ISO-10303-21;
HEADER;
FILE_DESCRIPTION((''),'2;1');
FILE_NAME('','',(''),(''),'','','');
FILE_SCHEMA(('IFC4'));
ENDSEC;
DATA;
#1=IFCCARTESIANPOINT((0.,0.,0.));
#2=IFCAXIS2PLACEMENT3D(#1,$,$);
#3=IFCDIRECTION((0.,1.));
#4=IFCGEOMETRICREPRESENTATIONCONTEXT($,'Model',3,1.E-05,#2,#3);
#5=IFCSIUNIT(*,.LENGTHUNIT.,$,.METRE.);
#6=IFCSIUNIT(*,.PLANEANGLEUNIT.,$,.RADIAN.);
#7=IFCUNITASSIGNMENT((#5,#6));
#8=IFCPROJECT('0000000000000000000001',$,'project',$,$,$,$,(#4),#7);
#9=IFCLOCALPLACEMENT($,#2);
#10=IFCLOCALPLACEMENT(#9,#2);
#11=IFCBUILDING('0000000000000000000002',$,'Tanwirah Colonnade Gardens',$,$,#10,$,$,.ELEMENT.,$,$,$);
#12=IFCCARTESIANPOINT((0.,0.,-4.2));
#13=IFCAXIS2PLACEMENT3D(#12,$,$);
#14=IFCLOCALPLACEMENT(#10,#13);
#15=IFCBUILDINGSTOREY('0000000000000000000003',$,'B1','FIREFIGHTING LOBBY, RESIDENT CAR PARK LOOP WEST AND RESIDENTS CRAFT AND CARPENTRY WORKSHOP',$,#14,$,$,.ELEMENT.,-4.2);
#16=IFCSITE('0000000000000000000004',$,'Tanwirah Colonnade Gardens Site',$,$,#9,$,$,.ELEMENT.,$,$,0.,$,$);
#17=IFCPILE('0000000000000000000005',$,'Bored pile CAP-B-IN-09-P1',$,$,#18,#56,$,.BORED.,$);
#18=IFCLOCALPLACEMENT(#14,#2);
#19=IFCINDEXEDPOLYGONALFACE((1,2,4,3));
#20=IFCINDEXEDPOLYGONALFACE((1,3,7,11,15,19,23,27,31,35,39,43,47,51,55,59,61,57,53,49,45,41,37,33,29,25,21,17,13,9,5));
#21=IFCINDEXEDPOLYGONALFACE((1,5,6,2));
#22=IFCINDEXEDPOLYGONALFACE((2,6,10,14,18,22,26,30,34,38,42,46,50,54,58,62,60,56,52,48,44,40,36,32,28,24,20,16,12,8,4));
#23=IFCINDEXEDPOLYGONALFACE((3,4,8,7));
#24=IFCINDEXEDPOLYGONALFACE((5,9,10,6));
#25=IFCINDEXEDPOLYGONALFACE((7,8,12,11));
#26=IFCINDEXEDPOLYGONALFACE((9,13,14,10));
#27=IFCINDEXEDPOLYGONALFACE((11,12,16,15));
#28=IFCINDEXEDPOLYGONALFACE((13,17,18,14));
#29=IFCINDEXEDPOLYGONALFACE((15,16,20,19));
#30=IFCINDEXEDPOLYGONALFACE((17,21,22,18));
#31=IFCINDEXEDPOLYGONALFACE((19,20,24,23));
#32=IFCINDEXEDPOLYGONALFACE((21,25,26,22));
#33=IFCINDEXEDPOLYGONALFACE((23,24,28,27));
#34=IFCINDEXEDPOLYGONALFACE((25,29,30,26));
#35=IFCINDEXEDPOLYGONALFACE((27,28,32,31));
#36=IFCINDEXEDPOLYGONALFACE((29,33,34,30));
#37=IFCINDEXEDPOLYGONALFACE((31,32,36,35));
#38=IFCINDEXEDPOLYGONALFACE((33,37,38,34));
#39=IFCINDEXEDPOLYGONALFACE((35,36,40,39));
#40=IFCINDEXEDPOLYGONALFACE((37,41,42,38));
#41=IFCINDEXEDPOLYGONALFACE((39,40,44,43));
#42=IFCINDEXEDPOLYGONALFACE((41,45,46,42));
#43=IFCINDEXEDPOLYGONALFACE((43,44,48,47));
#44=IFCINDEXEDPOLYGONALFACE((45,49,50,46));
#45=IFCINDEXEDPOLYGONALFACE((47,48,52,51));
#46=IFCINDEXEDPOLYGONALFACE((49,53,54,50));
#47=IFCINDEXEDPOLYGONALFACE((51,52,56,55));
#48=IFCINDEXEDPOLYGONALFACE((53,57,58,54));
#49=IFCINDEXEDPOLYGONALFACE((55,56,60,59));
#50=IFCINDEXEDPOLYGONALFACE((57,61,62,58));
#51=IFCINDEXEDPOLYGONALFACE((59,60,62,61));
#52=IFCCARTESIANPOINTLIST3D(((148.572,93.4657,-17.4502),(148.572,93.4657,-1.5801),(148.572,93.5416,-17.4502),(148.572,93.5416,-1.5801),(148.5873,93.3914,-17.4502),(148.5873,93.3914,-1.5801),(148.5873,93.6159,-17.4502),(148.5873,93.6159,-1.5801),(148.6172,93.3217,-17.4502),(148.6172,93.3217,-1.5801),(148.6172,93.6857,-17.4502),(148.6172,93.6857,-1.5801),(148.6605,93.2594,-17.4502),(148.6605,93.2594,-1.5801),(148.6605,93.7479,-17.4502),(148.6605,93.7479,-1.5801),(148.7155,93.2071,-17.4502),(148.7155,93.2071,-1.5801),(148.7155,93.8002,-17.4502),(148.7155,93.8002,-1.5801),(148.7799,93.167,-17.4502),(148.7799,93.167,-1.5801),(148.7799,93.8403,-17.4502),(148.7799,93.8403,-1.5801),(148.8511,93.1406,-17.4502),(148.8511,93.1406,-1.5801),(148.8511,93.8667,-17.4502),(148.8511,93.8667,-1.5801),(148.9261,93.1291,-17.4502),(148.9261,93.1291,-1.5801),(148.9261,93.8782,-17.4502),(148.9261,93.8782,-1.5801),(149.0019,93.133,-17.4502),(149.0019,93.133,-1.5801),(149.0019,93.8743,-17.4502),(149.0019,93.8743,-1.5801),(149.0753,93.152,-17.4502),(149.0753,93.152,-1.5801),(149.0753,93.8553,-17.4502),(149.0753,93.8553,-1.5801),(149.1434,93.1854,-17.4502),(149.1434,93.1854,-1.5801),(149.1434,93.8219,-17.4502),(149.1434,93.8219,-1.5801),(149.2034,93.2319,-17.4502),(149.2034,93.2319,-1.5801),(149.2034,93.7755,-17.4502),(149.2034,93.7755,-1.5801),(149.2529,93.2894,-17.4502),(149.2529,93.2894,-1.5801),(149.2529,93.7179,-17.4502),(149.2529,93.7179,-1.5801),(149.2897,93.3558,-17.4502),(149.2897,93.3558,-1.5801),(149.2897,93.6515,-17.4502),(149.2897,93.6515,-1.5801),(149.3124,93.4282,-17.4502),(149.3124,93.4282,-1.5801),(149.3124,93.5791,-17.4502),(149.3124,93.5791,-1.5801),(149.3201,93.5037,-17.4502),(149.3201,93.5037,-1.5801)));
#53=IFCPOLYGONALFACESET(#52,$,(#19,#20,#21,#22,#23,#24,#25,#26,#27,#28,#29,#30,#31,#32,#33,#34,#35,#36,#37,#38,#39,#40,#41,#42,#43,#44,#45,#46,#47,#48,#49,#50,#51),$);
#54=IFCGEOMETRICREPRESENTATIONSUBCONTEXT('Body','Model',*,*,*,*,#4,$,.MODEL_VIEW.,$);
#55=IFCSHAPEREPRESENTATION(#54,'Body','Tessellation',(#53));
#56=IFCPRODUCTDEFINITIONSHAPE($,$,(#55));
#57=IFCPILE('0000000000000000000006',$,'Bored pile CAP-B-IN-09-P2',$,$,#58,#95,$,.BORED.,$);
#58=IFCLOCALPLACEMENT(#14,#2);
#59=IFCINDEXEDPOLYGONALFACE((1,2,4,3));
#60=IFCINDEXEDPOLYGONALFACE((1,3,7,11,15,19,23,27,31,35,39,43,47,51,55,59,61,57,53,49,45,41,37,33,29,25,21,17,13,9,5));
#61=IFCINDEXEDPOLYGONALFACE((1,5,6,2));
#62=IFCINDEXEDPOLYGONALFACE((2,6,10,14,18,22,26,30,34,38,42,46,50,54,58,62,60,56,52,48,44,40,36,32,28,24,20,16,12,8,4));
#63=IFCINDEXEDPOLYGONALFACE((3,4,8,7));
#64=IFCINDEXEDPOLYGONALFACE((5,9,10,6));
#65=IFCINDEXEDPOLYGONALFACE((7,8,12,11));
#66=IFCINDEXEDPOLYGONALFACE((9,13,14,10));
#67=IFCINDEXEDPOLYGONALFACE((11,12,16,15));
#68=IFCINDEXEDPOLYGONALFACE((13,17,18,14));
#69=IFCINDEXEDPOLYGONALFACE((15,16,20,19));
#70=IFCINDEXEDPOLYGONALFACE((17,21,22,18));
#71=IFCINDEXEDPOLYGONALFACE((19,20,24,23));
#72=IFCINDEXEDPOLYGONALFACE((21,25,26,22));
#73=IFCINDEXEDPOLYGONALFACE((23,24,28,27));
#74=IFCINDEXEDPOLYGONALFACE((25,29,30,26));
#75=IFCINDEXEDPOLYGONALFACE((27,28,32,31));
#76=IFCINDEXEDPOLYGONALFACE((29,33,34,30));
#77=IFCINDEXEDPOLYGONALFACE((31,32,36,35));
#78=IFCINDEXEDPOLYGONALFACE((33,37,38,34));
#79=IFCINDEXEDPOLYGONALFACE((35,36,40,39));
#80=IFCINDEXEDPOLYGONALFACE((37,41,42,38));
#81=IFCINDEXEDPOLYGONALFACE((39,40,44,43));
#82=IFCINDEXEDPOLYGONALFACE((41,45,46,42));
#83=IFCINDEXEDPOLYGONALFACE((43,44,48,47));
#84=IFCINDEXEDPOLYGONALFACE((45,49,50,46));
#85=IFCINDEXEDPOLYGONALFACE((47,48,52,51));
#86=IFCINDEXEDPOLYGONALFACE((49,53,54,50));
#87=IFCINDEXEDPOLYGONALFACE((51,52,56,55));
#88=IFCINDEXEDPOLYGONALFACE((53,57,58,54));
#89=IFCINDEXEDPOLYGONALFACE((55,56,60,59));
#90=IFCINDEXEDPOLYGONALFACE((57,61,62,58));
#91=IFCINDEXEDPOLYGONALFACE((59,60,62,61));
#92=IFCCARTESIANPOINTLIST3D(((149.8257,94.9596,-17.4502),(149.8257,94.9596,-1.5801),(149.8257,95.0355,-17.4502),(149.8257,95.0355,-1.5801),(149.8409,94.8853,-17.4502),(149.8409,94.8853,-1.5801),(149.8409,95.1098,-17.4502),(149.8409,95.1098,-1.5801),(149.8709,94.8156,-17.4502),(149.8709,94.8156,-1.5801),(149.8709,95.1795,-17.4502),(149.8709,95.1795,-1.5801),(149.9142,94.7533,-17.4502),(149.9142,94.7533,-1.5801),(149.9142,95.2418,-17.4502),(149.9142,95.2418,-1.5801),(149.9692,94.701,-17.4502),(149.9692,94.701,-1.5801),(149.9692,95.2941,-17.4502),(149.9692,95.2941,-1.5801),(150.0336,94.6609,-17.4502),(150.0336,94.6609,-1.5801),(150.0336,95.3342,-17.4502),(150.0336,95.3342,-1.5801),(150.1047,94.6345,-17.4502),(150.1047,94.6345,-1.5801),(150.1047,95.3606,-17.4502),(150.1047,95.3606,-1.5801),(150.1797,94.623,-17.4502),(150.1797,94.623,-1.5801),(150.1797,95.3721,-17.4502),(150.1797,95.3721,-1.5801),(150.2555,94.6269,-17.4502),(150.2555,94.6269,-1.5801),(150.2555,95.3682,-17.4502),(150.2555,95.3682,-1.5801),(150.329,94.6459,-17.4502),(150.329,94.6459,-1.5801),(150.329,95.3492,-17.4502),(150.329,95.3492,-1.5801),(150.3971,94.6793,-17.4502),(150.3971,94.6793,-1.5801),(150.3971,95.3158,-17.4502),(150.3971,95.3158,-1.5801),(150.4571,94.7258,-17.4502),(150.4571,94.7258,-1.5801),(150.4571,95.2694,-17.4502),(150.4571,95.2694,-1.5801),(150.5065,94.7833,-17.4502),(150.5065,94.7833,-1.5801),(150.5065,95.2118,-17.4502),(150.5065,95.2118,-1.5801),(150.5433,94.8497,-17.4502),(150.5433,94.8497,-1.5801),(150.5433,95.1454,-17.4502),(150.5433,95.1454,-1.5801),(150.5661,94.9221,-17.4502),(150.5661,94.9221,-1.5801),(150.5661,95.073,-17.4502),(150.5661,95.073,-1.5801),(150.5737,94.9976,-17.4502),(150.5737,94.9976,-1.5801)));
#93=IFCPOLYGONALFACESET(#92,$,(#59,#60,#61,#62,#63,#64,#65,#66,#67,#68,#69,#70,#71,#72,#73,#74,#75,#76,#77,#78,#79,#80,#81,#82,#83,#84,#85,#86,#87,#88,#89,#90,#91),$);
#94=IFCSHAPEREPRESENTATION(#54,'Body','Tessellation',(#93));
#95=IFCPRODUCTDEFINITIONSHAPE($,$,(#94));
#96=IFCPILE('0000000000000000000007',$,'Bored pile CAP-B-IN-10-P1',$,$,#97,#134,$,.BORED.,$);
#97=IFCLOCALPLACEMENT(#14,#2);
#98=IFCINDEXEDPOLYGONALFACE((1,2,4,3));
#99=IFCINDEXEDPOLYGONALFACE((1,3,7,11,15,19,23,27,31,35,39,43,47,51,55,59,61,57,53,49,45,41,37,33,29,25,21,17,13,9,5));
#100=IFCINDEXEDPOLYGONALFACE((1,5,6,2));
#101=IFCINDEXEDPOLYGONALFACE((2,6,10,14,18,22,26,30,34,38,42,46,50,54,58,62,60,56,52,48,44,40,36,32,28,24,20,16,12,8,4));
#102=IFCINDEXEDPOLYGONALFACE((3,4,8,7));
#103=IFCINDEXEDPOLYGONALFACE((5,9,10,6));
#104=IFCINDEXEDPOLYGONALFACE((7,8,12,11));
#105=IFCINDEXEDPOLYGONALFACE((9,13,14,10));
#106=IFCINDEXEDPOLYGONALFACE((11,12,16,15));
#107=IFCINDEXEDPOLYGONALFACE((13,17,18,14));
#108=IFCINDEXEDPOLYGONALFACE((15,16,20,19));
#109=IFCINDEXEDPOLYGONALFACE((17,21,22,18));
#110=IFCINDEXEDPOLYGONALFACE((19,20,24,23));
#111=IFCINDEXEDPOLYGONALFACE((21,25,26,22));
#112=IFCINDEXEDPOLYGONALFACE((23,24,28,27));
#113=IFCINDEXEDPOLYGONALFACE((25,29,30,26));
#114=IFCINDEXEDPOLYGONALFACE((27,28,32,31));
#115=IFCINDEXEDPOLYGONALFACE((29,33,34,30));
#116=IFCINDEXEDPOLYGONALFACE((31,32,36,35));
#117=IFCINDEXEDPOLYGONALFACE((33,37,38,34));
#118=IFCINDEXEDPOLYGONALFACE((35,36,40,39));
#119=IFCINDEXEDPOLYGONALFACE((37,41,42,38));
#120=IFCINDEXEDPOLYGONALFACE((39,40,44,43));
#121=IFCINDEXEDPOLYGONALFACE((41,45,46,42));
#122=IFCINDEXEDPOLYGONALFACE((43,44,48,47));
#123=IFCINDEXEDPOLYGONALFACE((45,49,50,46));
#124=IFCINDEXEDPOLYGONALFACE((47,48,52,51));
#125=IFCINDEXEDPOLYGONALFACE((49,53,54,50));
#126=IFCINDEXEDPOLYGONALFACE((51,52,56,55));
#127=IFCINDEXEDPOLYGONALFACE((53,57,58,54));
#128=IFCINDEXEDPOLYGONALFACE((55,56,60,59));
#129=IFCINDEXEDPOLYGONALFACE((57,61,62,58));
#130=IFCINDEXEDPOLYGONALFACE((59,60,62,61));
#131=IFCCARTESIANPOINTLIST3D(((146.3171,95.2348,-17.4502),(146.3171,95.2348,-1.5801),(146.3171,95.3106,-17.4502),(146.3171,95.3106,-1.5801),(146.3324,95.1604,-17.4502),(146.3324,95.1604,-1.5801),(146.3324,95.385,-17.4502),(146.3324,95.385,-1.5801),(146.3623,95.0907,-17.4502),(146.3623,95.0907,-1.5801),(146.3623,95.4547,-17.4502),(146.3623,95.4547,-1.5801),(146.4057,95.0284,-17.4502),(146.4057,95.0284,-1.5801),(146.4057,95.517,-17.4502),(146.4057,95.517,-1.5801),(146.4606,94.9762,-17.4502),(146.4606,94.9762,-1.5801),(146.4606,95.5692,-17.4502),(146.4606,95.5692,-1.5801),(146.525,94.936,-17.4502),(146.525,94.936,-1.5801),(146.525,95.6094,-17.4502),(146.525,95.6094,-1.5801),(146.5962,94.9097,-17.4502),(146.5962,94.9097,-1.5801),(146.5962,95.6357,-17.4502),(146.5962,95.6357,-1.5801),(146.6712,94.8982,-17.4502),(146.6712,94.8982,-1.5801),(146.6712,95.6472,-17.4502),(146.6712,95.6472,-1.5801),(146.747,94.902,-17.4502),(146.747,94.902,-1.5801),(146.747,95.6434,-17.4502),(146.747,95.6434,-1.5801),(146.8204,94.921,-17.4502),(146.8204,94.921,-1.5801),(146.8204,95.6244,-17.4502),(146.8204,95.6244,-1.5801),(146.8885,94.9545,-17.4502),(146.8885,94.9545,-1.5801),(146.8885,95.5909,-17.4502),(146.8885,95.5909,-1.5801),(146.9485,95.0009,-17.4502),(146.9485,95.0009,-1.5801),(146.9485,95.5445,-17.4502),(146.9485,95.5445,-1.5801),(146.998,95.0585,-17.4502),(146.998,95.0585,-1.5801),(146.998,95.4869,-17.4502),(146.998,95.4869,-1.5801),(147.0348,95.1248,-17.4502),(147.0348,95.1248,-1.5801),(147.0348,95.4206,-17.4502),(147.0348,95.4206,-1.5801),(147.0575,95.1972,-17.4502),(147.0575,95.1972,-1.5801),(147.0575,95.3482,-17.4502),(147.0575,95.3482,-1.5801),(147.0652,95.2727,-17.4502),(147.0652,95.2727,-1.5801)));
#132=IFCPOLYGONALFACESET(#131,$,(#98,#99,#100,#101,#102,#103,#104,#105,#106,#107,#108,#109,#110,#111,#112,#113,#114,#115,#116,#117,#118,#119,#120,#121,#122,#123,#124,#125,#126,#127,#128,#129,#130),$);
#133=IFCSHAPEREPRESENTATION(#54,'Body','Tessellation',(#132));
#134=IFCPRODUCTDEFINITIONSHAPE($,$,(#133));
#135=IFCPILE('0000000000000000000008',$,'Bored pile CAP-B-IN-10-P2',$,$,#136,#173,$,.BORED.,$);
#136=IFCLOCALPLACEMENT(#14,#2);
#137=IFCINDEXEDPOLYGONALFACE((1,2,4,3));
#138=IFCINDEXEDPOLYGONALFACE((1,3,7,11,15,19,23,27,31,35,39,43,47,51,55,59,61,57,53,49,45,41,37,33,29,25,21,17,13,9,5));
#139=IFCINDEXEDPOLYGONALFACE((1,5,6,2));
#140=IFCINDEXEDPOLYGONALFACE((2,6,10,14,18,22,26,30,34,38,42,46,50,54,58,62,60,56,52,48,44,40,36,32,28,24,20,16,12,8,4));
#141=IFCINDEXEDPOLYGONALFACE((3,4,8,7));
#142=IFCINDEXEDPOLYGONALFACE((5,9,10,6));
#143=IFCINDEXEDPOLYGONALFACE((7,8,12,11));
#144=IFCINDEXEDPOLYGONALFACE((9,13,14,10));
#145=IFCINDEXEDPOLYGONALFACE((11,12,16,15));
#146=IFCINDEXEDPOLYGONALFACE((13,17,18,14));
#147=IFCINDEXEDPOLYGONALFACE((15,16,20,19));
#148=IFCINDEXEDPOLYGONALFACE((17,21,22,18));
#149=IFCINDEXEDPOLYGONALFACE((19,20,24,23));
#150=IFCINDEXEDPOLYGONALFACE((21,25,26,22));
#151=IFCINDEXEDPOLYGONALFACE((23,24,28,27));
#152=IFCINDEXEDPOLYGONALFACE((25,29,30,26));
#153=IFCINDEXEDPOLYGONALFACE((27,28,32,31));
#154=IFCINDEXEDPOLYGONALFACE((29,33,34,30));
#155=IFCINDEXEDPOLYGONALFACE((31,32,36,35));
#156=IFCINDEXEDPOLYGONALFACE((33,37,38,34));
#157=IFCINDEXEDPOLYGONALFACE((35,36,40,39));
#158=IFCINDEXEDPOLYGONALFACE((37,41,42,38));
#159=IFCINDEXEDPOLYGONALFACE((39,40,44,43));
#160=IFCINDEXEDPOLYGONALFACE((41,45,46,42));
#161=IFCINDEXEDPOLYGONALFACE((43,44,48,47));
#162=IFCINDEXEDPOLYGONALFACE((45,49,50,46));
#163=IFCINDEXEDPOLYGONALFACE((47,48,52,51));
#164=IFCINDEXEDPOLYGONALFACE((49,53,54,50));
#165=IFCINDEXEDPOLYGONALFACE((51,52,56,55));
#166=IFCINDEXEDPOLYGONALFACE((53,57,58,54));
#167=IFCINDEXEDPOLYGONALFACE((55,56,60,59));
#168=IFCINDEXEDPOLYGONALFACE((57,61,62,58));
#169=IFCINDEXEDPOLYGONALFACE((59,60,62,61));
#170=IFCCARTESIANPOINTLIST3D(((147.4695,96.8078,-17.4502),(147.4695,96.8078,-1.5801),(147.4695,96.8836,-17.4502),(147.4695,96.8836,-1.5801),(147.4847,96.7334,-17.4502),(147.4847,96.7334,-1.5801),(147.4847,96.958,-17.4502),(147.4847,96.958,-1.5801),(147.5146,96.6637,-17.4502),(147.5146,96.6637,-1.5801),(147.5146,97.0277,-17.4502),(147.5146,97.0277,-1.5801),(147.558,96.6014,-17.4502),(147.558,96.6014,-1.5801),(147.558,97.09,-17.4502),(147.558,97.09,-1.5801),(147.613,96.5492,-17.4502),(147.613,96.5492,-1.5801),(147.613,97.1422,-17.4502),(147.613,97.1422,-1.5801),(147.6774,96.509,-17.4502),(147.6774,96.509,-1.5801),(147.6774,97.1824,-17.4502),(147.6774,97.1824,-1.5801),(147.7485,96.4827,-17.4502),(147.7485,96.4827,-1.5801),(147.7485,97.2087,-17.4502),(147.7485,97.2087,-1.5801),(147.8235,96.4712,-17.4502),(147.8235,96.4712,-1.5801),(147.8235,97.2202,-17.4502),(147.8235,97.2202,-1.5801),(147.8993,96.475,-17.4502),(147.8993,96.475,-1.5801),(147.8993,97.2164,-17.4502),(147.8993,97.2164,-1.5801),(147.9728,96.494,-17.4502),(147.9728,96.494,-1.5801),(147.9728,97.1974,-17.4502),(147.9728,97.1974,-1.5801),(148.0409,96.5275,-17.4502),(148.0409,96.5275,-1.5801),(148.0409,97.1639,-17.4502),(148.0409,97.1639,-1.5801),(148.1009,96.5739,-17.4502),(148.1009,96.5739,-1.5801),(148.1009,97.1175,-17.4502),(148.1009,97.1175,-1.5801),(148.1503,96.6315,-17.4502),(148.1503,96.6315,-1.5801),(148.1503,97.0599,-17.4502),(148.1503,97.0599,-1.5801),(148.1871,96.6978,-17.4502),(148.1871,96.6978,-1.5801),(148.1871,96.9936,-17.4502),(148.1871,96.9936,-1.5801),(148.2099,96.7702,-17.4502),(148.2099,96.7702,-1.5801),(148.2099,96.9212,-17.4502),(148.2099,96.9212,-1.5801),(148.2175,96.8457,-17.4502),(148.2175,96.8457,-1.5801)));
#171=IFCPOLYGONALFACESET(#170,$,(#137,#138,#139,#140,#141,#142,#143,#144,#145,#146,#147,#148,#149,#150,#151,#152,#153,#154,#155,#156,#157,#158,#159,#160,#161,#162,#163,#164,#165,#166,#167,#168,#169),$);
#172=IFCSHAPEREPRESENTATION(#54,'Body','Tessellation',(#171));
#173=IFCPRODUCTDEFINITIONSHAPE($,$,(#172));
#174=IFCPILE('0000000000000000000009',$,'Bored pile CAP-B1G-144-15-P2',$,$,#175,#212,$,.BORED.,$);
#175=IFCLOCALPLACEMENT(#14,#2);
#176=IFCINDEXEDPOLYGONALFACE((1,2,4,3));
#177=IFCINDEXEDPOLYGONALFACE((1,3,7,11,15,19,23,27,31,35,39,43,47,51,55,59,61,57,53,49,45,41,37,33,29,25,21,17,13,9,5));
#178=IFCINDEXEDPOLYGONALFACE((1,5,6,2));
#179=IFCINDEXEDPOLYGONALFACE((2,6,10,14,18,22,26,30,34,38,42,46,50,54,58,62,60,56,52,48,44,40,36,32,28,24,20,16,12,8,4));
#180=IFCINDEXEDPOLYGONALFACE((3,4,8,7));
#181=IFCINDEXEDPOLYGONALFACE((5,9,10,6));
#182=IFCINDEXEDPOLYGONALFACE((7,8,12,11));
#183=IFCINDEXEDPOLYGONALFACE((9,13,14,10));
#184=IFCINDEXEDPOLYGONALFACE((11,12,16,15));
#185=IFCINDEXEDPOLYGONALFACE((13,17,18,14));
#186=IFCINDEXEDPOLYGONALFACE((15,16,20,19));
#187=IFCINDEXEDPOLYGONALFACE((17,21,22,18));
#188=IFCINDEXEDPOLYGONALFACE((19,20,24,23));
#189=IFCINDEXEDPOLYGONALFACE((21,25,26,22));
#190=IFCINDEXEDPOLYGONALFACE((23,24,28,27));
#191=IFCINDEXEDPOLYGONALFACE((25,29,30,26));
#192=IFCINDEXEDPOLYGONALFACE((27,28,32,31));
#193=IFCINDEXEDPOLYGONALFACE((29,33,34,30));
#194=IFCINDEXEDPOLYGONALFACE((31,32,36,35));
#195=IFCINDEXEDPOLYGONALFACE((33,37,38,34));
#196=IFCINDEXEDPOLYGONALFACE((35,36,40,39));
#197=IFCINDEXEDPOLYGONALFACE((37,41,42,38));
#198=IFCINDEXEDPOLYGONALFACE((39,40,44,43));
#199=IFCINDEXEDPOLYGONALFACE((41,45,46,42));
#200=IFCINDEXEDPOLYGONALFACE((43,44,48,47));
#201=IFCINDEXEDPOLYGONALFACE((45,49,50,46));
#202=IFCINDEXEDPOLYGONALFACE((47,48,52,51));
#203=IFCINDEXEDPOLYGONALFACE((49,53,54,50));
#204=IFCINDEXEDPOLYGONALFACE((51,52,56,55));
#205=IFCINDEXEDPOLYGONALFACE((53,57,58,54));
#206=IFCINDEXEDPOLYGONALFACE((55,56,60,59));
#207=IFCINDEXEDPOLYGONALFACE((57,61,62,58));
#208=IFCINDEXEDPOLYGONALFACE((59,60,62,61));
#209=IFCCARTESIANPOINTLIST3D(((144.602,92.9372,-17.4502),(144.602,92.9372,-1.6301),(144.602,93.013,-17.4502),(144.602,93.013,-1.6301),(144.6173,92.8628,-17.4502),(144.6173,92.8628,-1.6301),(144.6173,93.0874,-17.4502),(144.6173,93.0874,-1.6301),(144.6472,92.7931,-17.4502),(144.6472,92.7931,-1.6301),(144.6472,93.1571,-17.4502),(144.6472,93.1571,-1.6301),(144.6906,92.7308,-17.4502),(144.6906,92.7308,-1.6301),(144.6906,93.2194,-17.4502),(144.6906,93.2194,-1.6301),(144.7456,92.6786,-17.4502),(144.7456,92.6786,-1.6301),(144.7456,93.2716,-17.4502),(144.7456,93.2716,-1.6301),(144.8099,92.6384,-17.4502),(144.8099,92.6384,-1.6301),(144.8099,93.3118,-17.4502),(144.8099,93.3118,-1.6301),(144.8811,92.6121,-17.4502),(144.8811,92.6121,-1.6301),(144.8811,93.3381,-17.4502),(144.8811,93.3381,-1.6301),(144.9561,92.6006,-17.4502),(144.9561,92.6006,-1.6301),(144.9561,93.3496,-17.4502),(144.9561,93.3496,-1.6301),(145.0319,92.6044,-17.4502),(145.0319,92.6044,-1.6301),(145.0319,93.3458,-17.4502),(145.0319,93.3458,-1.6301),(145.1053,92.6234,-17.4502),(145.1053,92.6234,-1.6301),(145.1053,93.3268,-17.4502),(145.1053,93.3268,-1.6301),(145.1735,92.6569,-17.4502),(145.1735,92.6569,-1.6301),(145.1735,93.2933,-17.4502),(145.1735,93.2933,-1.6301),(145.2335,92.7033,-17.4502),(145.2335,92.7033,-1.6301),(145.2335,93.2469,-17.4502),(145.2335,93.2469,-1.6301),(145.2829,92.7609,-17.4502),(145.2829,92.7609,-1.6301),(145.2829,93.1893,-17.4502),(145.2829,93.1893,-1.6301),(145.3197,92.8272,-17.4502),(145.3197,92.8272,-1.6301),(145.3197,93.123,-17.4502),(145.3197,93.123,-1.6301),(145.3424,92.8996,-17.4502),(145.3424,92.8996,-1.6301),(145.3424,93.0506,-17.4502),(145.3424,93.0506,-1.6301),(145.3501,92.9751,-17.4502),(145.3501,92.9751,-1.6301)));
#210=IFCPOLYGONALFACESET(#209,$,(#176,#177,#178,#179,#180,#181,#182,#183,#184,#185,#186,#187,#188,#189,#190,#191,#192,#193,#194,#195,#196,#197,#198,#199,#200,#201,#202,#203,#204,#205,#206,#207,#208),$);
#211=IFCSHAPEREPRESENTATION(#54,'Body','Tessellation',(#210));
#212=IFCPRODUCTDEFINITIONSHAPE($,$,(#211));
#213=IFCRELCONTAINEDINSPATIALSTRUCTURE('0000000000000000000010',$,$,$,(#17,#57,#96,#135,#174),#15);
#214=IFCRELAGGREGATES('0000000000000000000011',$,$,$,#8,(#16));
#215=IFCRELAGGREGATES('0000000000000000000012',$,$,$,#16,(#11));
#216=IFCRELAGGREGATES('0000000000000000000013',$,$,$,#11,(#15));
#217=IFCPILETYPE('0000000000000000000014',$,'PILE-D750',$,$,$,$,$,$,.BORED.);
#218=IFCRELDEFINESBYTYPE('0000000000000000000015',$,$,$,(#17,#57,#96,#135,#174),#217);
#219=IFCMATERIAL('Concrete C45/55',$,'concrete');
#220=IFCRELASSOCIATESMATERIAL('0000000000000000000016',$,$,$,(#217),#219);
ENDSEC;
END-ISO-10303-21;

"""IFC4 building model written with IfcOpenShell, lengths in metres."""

from ifc_helpers import new_model, si_unit, direction, frame, origin, origin_2d, place, context, subcontext, project, spatial, circle, extrude, material, material_profile, profile_set, type_object, element, save


model = new_model("IFC4")

# Units and contexts
model_context = context("Model", 3, precision=1e-05, world=origin(), true_north=direction((0.0, 1.0)))
body_context = subcontext(model_context, "Body", "Model", "MODEL_VIEW")
ifc_project = project(units=[si_unit("LENGTHUNIT", "METRE"), si_unit("PLANEANGLEUNIT", "RADIAN")], contexts=[model_context])

# Site, building, storey
site_placement = place(None, origin())
site = spatial("IfcSite", under=ifc_project, at=site_placement, Name="Tanwirah Colonnade Gardens Site", CompositionType="ELEMENT", RefElevation=0.0)
building_placement = place(site_placement, origin())
building = spatial("IfcBuilding", under=site, at=building_placement, Name="Tanwirah Colonnade Gardens", CompositionType="ELEMENT")
storey_placement = place(building_placement, frame((0.0, 0.0, -4.2)))
storey = spatial("IfcBuildingStorey", under=building, at=storey_placement, Name="B1", Description="FIREFIGHTING LOBBY, RESIDENT CAR PARK LOOP WEST AND RESIDENTS CRAFT AND CARPENTRY WORKSHOP", CompositionType="ELEMENT", Elevation=-4.2)

# Shared definitions
ifc_material_1 = material(Name="Concrete C45/55", Category="concrete")

# Piles
ifc_material_profile_1 = material_profile(ifc_material_1, circle(Radius=0.375, at=origin_2d()), Name="PILE D750")
ifc_profile_set_1 = profile_set([ifc_material_profile_1], Name="Concrete C45/55")
pile_type_1 = type_object("IfcPileType", Name="PILE-D750", PredefinedType="BORED", material=ifc_profile_set_1)
for number, where, z_axis, x_axis, name in (
    (1, (148.9451, 93.5037, -1.5801), (0.0, 0.0, -1.0), (1.0, 0.0, 0.0), "Bored pile CAP-B-IN-09-P1"),
    (2, (150.1987, 94.9976, -1.5801), (0.0, 0.0, -1.0), (1.0, 0.0, 0.0), "Bored pile CAP-B-IN-09-P2"),
    (3, (146.6902, 95.2727, -1.5801), (0.0, 0.0, -1.0), (1.0, 0.0, 0.0), "Bored pile CAP-B-IN-10-P1"),
    (4, (147.8425, 96.8457, -1.5801), (0.0, 0.0, -1.0), (1.0, 0.0, 0.0), "Bored pile CAP-B-IN-10-P2"),
):
    element("IfcPile", number, at=place(storey_placement, frame(where, z_axis=z_axis, x_axis=x_axis)), inside=storey, type_object=pile_type_1, Name=name, PredefinedType="BORED", context=body_context, shape_type="SweptSolid", body=[
        extrude(circle(Radius=0.375, at=origin_2d()), origin(), (0.0, 0.0, 1.0), 15.8701),
    ])
pile_placement = place(storey_placement, frame((144.9751, 92.9751, -1.6301), z_axis=(0.0, 0.0, -1.0), x_axis=(1.0, 0.0, 0.0)))
element("IfcPile", 5, at=pile_placement, inside=storey, type_object=pile_type_1, Name="Bored pile CAP-B1G-144-15-P2", PredefinedType="BORED", context=body_context, shape_type="SweptSolid", body=[
    extrude(circle(Radius=0.375, at=origin_2d()), origin(), (0.0, 0.0, 1.0), 15.8201),
])

save(model, "model.ifc")
